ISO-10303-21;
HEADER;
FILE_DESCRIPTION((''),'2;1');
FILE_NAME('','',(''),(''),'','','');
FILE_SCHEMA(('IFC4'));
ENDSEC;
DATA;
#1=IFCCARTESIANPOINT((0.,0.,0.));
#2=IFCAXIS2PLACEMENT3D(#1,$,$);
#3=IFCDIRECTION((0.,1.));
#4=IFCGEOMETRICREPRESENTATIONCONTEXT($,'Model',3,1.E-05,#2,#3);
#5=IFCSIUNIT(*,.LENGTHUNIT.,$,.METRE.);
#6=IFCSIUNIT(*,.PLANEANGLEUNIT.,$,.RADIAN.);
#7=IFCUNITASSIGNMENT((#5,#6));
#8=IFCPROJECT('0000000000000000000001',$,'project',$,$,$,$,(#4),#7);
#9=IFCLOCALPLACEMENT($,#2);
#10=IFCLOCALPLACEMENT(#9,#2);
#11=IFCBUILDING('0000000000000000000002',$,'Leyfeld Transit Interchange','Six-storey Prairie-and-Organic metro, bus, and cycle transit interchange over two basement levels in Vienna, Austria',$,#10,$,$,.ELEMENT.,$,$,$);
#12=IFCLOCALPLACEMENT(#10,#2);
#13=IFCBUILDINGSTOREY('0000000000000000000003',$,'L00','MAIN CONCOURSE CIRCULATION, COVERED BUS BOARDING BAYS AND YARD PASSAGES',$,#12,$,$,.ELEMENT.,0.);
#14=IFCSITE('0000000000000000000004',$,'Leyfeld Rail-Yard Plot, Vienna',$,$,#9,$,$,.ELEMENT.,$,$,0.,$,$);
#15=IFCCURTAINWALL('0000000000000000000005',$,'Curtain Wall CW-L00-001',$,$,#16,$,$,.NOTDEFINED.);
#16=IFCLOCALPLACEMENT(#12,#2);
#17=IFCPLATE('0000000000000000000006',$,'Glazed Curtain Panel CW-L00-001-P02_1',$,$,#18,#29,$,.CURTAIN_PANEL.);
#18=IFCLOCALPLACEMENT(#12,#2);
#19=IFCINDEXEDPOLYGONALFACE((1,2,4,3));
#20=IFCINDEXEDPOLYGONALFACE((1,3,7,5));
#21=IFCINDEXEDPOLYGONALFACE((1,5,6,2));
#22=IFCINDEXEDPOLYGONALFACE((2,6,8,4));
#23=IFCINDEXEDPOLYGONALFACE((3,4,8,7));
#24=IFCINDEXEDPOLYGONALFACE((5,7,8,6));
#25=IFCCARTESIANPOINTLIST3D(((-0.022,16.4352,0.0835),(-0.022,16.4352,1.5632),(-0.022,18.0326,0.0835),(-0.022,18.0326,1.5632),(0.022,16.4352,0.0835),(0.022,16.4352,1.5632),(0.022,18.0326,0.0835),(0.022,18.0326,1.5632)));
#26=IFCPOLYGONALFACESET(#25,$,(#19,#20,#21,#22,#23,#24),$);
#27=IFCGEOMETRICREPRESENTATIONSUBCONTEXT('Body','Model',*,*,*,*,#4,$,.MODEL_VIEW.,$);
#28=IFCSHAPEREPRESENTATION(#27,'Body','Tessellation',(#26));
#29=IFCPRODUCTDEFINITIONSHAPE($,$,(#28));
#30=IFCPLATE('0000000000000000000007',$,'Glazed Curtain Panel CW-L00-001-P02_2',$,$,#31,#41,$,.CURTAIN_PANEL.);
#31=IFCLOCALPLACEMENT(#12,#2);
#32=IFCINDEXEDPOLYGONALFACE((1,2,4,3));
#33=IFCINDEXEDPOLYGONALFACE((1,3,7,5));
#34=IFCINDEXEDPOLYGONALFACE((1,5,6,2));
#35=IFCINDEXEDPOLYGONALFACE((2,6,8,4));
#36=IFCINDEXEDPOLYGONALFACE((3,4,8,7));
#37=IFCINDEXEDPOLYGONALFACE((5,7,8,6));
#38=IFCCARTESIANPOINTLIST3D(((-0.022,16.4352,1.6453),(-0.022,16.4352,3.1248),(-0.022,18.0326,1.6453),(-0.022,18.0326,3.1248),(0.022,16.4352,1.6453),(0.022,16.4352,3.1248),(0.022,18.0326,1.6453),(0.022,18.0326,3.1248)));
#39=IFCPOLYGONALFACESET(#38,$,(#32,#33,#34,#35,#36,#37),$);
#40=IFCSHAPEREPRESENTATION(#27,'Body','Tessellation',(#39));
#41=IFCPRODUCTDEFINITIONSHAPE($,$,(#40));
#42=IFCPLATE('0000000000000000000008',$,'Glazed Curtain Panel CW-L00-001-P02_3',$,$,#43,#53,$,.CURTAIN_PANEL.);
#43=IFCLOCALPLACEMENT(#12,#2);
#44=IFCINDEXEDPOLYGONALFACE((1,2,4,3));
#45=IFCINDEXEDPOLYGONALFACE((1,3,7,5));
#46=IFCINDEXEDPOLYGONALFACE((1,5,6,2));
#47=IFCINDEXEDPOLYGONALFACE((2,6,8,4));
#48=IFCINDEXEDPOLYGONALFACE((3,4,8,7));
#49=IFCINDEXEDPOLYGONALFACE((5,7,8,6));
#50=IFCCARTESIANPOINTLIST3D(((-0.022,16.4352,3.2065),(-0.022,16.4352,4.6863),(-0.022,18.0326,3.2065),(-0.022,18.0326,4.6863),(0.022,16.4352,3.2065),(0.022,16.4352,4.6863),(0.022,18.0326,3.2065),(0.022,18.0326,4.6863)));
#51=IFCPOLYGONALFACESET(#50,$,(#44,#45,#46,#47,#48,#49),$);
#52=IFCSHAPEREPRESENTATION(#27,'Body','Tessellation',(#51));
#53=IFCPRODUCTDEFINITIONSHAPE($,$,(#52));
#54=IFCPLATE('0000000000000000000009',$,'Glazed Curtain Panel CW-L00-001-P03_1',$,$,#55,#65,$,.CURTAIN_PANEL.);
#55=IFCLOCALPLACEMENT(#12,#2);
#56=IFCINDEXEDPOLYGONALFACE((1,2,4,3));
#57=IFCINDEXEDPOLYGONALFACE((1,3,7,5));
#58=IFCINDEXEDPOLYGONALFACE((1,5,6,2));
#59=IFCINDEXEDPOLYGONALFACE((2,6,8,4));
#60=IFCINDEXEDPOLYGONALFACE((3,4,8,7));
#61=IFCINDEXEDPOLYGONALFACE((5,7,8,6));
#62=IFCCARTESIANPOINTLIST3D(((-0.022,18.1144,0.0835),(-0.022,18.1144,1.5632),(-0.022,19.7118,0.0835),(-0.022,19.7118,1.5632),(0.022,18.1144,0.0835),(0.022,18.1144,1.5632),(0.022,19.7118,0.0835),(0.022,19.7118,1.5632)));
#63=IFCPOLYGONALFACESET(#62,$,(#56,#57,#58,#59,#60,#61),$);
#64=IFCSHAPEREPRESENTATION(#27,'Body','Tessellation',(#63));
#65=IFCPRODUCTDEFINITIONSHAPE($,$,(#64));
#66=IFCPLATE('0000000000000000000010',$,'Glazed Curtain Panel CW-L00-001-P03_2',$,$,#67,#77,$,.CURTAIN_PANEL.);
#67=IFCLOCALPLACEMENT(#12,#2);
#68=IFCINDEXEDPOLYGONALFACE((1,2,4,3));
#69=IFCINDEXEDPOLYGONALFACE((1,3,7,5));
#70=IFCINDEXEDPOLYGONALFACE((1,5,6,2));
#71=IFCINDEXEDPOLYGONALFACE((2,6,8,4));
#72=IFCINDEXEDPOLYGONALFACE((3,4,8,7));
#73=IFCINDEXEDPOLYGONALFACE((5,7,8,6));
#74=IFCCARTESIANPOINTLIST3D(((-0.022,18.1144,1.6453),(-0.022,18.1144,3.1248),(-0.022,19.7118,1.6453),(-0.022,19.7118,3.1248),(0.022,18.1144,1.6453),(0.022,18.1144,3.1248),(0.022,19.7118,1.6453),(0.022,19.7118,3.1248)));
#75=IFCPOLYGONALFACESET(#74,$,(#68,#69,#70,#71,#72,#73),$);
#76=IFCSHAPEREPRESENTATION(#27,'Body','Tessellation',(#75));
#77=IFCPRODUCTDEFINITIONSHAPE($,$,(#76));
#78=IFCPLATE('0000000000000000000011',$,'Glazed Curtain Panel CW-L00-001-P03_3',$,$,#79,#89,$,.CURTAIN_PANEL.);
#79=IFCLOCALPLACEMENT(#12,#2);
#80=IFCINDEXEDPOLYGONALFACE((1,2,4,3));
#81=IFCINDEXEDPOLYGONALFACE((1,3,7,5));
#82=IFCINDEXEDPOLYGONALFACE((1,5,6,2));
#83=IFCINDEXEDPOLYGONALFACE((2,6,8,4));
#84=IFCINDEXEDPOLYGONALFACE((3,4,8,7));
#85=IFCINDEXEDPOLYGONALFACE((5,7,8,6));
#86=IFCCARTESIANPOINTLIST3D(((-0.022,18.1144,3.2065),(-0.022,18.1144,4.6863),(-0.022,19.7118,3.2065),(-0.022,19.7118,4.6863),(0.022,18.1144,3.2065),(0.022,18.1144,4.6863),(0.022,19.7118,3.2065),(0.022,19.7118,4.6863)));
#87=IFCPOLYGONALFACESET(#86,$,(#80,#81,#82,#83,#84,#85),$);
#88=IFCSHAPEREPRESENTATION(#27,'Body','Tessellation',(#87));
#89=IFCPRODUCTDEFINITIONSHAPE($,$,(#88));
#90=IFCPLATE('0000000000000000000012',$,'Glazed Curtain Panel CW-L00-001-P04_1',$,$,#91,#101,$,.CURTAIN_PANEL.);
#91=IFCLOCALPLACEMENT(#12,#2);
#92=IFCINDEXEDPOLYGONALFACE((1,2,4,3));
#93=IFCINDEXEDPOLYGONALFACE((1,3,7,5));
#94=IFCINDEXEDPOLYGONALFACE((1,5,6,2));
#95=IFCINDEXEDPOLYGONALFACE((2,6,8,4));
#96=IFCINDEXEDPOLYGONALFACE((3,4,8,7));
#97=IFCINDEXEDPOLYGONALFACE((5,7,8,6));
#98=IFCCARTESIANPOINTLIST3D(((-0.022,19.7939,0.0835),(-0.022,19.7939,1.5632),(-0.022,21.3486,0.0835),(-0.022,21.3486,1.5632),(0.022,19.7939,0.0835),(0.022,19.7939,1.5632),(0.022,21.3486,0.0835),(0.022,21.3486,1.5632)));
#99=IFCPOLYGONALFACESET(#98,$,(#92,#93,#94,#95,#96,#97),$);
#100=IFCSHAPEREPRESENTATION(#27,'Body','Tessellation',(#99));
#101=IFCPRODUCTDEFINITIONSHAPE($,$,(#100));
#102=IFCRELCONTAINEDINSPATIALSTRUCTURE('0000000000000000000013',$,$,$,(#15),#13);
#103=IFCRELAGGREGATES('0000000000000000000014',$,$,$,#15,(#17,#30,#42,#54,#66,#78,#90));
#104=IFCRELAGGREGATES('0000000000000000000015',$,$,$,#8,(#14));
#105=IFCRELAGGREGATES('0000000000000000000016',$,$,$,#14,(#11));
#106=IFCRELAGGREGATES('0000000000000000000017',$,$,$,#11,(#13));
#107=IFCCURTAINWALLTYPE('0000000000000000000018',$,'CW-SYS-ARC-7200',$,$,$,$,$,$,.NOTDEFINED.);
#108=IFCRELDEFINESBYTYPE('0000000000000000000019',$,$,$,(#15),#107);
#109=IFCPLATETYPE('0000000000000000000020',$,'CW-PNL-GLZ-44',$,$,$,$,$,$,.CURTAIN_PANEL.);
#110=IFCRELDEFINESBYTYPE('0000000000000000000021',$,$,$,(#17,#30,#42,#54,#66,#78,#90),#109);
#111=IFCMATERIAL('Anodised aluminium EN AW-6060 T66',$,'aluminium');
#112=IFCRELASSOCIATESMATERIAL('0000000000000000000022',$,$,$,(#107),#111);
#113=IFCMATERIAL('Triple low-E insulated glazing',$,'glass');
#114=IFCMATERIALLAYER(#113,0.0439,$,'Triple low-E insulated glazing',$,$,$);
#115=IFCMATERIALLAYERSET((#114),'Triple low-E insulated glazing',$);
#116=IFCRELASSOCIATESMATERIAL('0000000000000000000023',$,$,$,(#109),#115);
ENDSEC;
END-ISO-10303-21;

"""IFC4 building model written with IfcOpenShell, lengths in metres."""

from ifc_helpers import new_model, si_unit, direction, frame, origin, origin_2d, place, context, subcontext, project, spatial, rectangle, extrude, material, layer, layer_set, type_object, element, aggregate, save


model = new_model("IFC4")

# Units and contexts
model_context = context("Model", 3, precision=1e-05, world=origin(), true_north=direction((0.0, 1.0)))
body_context = subcontext(model_context, "Body", "Model", "MODEL_VIEW")
ifc_project = project(units=[si_unit("LENGTHUNIT", "METRE"), si_unit("PLANEANGLEUNIT", "RADIAN")], contexts=[model_context])

# Site, building, storey
site_placement = place(None, origin())
site = spatial("IfcSite", under=ifc_project, at=site_placement, Name="Leyfeld Rail-Yard Plot, Vienna", CompositionType="ELEMENT", RefElevation=0.0)
building_placement = place(site_placement, origin())
building = spatial("IfcBuilding", under=site, at=building_placement, Name="Leyfeld Transit Interchange", Description="Six-storey Prairie-and-Organic metro, bus, and cycle transit interchange over two basement levels in Vienna, Austria", CompositionType="ELEMENT")
storey_placement = place(building_placement, origin())
storey = spatial("IfcBuildingStorey", under=building, at=storey_placement, Name="L00", Description="MAIN CONCOURSE CIRCULATION, COVERED BUS BOARDING BAYS AND YARD PASSAGES", CompositionType="ELEMENT", Elevation=0.0)

# Curtain wall, plates
ifc_material_1 = material(Name="Anodised aluminium EN AW-6060 T66", Category="aluminium")
curtain_wall_type = type_object("IfcCurtainWallType", Name="CW-SYS-ARC-7200", PredefinedType="NOTDEFINED", material=ifc_material_1)
curtain_wall_placement = place(storey_placement, origin())
curtain_wall = element("IfcCurtainWall", 1, at=curtain_wall_placement, inside=storey, type_object=curtain_wall_type, Name="Curtain Wall CW-L00-001", PredefinedType="NOTDEFINED")
ifc_material_2 = material(Name="Triple low-E insulated glazing", Category="glass")
ifc_layer = layer(ifc_material_2, 0.0439, Name="Triple low-E insulated glazing")
ifc_layer_set = layer_set([ifc_layer], Name="Triple low-E insulated glazing")
plate_type = type_object("IfcPlateType", Name="CW-PNL-GLZ-44", PredefinedType="CURTAIN_PANEL", material=ifc_layer_set)
plate_1_placement = place(storey_placement, frame((0.0, 17.2339, 0.0835), z_axis=(0.0, 0.0, 1.0), x_axis=(0.0, 1.0, 0.0)))
plate_1 = element("IfcPlate", 2, at=plate_1_placement, type_object=plate_type, Name="Glazed Curtain Panel CW-L00-001-P02_1", PredefinedType="CURTAIN_PANEL", context=body_context, shape_type="SweptSolid", body=[
    extrude(rectangle(XDim=1.5974, YDim=0.0439, at=origin_2d()), origin(), (0.0, 0.0, 1.0), 1.4797),
])
plate_2_placement = place(storey_placement, frame((0.0, 17.2339, 1.6453), z_axis=(0.0, 0.0, 1.0), x_axis=(0.0, 1.0, 0.0)))
plate_2 = element("IfcPlate", 3, at=plate_2_placement, type_object=plate_type, Name="Glazed Curtain Panel CW-L00-001-P02_2", PredefinedType="CURTAIN_PANEL", context=body_context, shape_type="SweptSolid", body=[
    extrude(rectangle(XDim=1.5974, YDim=0.0439, at=origin_2d()), origin(), (0.0, 0.0, 1.0), 1.4795),
])
plate_3_placement = place(storey_placement, frame((0.0, 17.2339, 3.2065), z_axis=(0.0, 0.0, 1.0), x_axis=(0.0, 1.0, 0.0)))
plate_3 = element("IfcPlate", 4, at=plate_3_placement, type_object=plate_type, Name="Glazed Curtain Panel CW-L00-001-P02_3", PredefinedType="CURTAIN_PANEL", context=body_context, shape_type="SweptSolid", body=[
    extrude(rectangle(XDim=1.5974, YDim=0.0439, at=origin_2d()), origin(), (0.0, 0.0, 1.0), 1.4797),
])
plate_4_placement = place(storey_placement, frame((0.0, 18.9131, 0.0835), z_axis=(0.0, 0.0, 1.0), x_axis=(0.0, 1.0, 0.0)))
plate_4 = element("IfcPlate", 5, at=plate_4_placement, type_object=plate_type, Name="Glazed Curtain Panel CW-L00-001-P03_1", PredefinedType="CURTAIN_PANEL", context=body_context, shape_type="SweptSolid", body=[
    extrude(rectangle(XDim=1.5974, YDim=0.0439, at=origin_2d()), origin(), (0.0, 0.0, 1.0), 1.4797),
])
plate_5_placement = place(storey_placement, frame((0.0, 18.9131, 1.6453), z_axis=(0.0, 0.0, 1.0), x_axis=(0.0, 1.0, 0.0)))
plate_5 = element("IfcPlate", 6, at=plate_5_placement, type_object=plate_type, Name="Glazed Curtain Panel CW-L00-001-P03_2", PredefinedType="CURTAIN_PANEL", context=body_context, shape_type="SweptSolid", body=[
    extrude(rectangle(XDim=1.5974, YDim=0.0439, at=origin_2d()), origin(), (0.0, 0.0, 1.0), 1.4795),
])
plate_6_placement = place(storey_placement, frame((0.0, 18.9131, 3.2065), z_axis=(0.0, 0.0, 1.0), x_axis=(0.0, 1.0, 0.0)))
plate_6 = element("IfcPlate", 7, at=plate_6_placement, type_object=plate_type, Name="Glazed Curtain Panel CW-L00-001-P03_3", PredefinedType="CURTAIN_PANEL", context=body_context, shape_type="SweptSolid", body=[
    extrude(rectangle(XDim=1.5974, YDim=0.0439, at=origin_2d()), origin(), (0.0, 0.0, 1.0), 1.4797),
])
plate_7_placement = place(storey_placement, frame((0.0, 20.5713, 0.0835), z_axis=(0.0, 0.0, 1.0), x_axis=(0.0, 1.0, 0.0)))
plate_7 = element("IfcPlate", 8, at=plate_7_placement, type_object=plate_type, Name="Glazed Curtain Panel CW-L00-001-P04_1", PredefinedType="CURTAIN_PANEL", context=body_context, shape_type="SweptSolid", body=[
    extrude(rectangle(XDim=1.5547, YDim=0.0439, at=origin_2d()), origin(), (0.0, 0.0, 1.0), 1.4797),
])
aggregate(curtain_wall, [plate_1, plate_2, plate_3, plate_4, plate_5, plate_6, plate_7])

save(model, "model.ifc")
